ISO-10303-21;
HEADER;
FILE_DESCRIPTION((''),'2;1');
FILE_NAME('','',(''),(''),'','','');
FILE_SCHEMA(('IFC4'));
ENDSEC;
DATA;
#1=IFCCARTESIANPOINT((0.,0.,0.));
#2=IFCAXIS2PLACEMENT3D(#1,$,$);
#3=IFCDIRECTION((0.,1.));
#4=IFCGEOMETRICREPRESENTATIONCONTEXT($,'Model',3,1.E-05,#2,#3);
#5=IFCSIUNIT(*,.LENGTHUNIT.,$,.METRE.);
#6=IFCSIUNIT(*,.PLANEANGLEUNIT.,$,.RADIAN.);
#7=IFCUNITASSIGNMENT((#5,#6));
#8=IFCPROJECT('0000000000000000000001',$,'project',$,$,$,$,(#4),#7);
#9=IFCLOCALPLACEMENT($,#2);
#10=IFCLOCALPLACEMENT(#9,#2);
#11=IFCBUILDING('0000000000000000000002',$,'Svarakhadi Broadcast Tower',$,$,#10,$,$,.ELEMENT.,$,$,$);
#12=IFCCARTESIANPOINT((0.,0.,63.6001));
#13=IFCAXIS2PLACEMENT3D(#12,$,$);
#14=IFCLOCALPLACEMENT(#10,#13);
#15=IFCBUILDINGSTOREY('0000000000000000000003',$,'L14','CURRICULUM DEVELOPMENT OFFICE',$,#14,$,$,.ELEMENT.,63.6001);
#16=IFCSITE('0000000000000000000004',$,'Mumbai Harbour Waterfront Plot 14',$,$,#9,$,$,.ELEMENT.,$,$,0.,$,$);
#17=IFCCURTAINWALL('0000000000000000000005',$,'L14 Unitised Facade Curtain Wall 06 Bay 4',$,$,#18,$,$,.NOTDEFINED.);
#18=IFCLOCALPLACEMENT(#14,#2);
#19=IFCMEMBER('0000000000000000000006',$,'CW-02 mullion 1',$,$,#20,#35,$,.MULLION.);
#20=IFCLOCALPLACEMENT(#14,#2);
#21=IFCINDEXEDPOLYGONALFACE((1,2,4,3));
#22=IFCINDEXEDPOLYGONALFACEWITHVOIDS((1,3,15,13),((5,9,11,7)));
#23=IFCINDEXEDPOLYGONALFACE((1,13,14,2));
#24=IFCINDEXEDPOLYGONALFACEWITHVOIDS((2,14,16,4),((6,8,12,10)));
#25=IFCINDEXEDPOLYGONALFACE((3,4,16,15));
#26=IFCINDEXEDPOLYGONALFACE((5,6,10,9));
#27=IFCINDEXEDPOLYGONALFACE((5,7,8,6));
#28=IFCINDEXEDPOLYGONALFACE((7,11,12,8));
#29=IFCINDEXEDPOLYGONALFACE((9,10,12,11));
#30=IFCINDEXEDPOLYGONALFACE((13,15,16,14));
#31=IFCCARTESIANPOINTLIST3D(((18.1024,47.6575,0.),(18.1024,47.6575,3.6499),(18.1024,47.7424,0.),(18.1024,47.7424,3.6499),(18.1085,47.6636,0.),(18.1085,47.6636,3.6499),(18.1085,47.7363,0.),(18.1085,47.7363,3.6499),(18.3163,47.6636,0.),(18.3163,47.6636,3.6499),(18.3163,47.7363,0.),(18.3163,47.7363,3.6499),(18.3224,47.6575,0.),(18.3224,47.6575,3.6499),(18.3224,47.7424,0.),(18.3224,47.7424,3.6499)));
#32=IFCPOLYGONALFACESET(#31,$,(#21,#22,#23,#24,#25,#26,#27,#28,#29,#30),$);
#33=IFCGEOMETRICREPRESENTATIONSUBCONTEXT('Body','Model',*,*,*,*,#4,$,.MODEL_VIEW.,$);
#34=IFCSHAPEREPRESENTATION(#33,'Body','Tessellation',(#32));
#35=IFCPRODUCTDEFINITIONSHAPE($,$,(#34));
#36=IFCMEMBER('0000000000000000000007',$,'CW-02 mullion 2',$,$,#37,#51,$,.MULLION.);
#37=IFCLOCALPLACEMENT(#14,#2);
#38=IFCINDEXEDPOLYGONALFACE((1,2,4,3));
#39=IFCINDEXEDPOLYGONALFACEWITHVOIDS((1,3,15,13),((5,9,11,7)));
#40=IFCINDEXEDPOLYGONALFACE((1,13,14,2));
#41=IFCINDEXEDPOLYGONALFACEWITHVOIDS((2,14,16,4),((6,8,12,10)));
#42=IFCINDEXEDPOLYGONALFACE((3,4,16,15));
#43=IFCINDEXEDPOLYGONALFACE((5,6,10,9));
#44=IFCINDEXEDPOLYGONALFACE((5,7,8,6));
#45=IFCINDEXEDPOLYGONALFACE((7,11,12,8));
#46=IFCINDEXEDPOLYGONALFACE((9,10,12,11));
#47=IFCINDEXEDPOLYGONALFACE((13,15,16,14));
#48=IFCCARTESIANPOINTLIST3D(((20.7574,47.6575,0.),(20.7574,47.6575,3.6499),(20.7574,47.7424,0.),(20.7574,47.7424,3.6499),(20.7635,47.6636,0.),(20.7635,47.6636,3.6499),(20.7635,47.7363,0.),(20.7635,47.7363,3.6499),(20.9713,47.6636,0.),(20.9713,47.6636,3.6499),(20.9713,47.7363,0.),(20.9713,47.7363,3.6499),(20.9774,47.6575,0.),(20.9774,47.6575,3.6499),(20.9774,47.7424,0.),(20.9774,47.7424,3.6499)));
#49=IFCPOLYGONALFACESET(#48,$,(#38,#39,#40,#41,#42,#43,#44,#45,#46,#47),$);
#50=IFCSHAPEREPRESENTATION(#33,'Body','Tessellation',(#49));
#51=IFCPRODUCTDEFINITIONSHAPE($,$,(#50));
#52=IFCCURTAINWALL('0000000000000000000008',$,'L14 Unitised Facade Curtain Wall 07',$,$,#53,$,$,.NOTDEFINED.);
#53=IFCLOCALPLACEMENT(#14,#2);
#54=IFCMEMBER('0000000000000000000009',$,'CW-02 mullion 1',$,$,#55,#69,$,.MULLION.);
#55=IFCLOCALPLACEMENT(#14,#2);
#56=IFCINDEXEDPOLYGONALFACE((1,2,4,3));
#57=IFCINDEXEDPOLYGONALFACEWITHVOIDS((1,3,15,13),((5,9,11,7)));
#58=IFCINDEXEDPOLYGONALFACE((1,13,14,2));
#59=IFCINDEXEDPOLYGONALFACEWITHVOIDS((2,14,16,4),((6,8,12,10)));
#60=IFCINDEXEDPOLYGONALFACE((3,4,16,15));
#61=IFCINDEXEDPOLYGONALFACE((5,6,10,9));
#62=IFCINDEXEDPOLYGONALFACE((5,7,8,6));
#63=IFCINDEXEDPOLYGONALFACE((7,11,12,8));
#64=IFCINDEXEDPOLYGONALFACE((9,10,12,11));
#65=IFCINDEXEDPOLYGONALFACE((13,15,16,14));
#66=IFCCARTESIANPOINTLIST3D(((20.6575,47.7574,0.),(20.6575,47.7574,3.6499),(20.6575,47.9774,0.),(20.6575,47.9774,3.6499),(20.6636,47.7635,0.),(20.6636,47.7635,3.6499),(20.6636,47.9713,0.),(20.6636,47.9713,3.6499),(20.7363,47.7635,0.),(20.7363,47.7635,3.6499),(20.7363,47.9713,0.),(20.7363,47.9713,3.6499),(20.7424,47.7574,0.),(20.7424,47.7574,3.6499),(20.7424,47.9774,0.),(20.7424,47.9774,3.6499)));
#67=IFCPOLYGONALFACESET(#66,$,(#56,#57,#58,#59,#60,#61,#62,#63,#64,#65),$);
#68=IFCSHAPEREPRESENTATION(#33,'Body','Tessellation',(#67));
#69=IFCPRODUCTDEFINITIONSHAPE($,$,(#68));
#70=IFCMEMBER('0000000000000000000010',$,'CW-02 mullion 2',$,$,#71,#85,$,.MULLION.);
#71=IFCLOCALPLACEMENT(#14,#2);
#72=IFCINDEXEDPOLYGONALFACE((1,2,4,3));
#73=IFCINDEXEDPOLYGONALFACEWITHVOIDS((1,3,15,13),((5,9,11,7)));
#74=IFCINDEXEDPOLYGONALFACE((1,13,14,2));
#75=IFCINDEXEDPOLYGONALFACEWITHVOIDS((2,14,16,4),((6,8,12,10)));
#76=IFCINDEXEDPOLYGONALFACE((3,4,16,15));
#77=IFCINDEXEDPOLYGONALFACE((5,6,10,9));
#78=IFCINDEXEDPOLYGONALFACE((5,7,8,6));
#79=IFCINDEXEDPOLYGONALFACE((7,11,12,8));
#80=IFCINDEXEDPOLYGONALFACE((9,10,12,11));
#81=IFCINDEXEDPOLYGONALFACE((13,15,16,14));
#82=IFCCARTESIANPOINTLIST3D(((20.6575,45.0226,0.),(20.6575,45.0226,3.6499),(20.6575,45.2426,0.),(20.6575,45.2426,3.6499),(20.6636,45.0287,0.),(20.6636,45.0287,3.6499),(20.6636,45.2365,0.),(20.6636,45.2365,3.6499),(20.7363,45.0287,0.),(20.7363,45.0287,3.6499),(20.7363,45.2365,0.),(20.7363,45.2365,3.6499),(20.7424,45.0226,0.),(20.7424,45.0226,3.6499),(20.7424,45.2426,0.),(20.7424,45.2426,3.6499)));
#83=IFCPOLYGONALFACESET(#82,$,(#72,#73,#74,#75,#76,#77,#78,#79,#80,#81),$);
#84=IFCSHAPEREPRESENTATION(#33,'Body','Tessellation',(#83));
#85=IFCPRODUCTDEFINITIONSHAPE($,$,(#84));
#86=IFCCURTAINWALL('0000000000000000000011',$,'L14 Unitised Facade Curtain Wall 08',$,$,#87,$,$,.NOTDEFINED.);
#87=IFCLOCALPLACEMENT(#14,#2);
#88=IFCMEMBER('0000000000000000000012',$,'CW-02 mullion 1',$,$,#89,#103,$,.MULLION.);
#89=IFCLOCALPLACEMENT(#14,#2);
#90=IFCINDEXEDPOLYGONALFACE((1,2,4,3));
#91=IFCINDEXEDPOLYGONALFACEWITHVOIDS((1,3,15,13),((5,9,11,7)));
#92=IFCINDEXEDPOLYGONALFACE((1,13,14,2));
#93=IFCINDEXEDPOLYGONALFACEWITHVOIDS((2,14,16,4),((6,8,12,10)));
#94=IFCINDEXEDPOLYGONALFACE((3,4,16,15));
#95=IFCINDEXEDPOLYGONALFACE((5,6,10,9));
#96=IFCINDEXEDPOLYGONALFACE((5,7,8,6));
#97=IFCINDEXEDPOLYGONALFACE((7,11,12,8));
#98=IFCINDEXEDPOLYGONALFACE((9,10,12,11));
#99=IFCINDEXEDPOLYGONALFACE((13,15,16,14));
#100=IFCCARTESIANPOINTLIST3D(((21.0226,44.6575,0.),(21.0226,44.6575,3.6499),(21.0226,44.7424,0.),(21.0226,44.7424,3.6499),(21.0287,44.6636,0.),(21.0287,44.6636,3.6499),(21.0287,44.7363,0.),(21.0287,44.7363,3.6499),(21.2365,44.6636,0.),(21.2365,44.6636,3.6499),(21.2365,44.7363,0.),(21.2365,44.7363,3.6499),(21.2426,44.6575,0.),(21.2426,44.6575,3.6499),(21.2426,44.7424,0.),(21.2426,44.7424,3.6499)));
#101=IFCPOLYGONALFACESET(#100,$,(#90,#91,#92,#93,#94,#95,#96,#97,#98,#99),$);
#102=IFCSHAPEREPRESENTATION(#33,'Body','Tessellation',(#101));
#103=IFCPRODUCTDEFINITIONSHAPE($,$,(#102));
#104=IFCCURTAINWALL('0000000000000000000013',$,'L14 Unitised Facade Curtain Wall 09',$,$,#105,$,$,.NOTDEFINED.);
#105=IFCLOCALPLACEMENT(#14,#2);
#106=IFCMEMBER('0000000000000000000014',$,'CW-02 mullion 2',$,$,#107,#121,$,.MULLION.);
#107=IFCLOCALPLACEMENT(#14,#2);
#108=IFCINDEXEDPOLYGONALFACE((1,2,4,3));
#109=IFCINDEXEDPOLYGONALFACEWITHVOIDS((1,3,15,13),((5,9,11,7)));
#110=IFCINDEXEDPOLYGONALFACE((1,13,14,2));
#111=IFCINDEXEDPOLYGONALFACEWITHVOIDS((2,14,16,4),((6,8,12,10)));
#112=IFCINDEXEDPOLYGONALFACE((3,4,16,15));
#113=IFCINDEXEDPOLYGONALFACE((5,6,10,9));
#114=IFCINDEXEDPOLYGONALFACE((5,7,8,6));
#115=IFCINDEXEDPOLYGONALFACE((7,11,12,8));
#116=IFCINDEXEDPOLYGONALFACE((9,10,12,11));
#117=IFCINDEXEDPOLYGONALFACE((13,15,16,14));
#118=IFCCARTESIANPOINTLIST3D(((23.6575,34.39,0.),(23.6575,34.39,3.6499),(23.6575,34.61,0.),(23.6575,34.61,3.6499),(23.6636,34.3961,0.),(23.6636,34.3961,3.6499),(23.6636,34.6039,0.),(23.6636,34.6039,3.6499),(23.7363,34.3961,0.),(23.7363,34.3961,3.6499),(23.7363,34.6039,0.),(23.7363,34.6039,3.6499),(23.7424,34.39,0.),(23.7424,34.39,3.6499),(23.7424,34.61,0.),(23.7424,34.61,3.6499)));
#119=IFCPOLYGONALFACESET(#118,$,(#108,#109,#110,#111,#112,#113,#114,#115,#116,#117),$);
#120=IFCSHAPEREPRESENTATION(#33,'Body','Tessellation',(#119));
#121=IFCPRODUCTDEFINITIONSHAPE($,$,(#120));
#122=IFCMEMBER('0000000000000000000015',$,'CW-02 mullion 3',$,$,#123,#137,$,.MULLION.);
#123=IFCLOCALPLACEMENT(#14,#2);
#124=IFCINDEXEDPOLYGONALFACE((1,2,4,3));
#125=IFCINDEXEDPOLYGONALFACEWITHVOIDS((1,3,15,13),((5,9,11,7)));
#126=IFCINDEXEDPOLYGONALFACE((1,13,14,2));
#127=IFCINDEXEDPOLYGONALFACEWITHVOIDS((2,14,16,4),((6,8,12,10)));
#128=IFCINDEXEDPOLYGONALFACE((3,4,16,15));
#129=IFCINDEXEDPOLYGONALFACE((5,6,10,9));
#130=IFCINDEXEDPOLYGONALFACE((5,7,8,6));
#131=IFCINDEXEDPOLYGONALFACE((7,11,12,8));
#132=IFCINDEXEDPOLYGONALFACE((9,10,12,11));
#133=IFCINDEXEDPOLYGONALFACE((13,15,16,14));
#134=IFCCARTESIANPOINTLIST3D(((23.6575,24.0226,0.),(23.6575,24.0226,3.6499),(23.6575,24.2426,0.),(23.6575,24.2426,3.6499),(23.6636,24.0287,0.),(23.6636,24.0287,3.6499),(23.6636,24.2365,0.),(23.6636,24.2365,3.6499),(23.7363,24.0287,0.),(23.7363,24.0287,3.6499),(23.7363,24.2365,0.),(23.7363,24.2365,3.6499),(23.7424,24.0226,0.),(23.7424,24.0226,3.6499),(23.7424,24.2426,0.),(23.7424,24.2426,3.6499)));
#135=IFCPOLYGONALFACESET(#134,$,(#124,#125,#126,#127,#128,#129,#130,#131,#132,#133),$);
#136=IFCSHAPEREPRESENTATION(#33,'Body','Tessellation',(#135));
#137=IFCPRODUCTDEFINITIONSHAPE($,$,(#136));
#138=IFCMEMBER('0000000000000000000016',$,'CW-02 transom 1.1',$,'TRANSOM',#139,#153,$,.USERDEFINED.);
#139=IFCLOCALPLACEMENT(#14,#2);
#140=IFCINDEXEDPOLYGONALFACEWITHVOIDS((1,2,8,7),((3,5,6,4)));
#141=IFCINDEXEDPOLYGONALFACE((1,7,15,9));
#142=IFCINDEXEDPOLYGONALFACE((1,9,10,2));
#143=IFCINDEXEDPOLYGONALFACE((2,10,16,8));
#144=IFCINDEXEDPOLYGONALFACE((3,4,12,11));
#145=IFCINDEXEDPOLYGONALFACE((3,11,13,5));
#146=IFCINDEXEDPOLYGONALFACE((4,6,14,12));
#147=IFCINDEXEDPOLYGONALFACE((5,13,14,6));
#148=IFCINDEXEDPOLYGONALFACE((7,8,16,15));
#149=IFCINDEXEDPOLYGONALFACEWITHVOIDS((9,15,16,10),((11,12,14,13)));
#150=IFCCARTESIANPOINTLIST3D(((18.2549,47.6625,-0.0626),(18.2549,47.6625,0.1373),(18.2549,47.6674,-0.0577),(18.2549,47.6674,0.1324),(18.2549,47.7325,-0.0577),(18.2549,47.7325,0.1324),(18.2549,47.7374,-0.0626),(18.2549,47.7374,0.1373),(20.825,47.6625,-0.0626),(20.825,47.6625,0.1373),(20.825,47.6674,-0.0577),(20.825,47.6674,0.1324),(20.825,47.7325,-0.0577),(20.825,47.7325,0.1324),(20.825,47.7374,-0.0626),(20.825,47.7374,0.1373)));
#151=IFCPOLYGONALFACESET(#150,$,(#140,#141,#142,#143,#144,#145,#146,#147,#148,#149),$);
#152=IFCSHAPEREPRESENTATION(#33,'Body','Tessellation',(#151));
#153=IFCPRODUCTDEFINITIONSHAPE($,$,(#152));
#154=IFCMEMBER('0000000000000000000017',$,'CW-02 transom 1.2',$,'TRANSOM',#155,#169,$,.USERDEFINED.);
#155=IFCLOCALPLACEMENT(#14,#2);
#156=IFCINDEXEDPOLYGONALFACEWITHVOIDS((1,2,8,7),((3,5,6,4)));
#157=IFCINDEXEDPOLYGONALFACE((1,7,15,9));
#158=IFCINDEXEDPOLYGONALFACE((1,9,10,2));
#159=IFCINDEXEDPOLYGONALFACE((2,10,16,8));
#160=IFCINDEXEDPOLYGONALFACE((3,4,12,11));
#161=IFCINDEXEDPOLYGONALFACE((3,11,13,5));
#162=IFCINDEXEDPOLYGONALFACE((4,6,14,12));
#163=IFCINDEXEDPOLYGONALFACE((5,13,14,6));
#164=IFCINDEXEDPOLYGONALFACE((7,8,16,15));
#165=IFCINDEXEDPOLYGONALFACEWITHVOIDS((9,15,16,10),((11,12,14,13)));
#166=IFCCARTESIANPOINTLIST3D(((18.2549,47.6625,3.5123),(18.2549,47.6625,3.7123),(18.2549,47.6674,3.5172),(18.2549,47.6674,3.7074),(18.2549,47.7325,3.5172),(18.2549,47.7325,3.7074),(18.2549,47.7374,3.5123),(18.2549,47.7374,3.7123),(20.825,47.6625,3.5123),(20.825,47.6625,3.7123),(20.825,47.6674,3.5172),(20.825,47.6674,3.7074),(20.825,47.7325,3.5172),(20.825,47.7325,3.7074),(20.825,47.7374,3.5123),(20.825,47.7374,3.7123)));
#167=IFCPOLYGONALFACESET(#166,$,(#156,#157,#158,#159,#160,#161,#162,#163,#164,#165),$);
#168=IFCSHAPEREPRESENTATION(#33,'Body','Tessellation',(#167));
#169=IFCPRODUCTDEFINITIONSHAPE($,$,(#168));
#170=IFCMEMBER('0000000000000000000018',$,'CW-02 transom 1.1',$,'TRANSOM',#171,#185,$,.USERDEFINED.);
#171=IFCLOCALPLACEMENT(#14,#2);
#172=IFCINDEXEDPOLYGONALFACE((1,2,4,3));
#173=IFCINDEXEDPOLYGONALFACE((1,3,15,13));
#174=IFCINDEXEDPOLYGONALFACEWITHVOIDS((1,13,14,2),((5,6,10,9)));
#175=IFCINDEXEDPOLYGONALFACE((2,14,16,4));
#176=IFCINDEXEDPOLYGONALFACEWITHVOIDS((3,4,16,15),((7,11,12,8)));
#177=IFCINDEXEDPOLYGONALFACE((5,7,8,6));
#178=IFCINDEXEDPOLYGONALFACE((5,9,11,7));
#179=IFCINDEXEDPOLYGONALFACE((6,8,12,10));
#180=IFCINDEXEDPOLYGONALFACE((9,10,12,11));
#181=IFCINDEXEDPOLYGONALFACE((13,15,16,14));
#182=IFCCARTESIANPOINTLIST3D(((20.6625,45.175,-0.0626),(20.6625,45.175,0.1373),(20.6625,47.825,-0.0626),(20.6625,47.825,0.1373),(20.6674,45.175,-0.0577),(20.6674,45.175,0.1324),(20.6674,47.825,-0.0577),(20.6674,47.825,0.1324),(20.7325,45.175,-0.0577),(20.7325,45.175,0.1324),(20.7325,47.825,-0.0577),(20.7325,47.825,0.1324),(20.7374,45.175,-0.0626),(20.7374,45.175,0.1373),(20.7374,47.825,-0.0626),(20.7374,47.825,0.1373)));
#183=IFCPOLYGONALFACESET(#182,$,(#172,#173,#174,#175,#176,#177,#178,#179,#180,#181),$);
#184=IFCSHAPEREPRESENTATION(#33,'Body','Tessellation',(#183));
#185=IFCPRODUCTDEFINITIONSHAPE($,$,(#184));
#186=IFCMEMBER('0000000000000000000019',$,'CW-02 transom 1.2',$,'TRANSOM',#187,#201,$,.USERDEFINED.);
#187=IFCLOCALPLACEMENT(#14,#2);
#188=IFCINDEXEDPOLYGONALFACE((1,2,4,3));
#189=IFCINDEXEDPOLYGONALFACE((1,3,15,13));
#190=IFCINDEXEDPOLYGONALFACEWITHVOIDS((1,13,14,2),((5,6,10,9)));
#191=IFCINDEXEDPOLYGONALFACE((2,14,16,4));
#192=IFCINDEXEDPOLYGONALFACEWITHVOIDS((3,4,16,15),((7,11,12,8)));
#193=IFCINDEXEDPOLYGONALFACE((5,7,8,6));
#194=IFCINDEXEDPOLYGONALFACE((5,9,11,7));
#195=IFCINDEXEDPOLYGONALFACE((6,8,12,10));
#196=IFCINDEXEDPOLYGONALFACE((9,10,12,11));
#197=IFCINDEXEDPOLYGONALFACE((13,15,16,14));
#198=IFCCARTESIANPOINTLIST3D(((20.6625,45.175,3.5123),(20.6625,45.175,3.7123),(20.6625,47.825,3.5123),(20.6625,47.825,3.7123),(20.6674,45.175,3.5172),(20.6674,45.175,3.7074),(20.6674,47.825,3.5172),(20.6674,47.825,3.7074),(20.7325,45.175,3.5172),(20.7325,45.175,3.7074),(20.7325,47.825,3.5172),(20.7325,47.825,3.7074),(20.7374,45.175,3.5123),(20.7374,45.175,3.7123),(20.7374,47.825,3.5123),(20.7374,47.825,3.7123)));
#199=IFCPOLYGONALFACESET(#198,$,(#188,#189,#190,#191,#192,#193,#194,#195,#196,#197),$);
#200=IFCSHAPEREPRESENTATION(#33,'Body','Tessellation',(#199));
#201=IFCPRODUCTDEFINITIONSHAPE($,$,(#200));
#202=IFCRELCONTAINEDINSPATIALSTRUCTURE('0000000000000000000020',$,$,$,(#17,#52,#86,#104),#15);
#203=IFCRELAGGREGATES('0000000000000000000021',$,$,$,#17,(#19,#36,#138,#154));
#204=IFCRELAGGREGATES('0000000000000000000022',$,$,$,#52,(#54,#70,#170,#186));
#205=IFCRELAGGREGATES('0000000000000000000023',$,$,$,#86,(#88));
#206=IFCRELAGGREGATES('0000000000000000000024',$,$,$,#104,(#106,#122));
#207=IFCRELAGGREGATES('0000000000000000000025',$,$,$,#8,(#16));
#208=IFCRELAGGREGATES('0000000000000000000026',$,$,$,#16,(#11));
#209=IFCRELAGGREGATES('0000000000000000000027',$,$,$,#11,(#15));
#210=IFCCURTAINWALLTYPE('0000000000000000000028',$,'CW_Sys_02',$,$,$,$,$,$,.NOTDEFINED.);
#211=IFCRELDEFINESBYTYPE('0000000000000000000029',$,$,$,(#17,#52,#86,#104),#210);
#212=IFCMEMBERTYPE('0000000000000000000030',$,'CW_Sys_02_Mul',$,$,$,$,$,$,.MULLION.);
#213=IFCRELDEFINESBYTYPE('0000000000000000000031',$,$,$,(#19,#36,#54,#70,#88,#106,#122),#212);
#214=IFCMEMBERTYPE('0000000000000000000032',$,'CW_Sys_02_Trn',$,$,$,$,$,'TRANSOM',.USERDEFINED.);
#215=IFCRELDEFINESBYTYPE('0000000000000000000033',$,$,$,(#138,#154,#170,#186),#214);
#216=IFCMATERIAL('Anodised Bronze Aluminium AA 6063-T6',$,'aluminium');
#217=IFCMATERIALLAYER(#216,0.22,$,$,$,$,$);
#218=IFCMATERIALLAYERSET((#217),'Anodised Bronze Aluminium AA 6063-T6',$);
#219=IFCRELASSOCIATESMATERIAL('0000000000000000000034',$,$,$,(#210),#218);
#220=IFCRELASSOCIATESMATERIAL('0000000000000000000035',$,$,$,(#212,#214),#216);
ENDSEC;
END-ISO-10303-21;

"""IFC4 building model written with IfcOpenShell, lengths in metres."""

from ifc_helpers import new_model, si_unit, direction, frame, origin, origin_2d, place, context, subcontext, project, spatial, hollow_rectangle, extrude, material, layer, layer_set, material_profile, profile_set, type_object, element, aggregate, save


model = new_model("IFC4")

# Units and contexts
model_context = context("Model", 3, precision=1e-05, world=origin(), true_north=direction((0.0, 1.0)))
body_context = subcontext(model_context, "Body", "Model", "MODEL_VIEW")
ifc_project = project(units=[si_unit("LENGTHUNIT", "METRE"), si_unit("PLANEANGLEUNIT", "RADIAN")], contexts=[model_context])

# Site, building, storey
site_placement = place(None, origin())
site = spatial("IfcSite", under=ifc_project, at=site_placement, Name="Mumbai Harbour Waterfront Plot 14", CompositionType="ELEMENT", RefElevation=0.0)
building_placement = place(site_placement, origin())
building = spatial("IfcBuilding", under=site, at=building_placement, Name="Svarakhadi Broadcast Tower", CompositionType="ELEMENT")
storey_placement = place(building_placement, frame((0.0, 0.0, 63.6001)))
storey = spatial("IfcBuildingStorey", under=building, at=storey_placement, Name="L14", Description="CURRICULUM DEVELOPMENT OFFICE", CompositionType="ELEMENT", Elevation=63.6001)

# Curtain walls, members
ifc_material_1 = material(Name="Anodised Bronze Aluminium AA 6063-T6", Category="aluminium")
ifc_layer_1 = layer(ifc_material_1, 0.22)
ifc_layer_set_1 = layer_set([ifc_layer_1], Name="Anodised Bronze Aluminium AA 6063-T6")
curtain_wall_type = type_object("IfcCurtainWallType", Name="CW_Sys_02", PredefinedType="NOTDEFINED", material=ifc_layer_set_1)
curtain_wall_1_placement = place(storey_placement, origin())
curtain_wall_1 = element("IfcCurtainWall", 1, at=curtain_wall_1_placement, inside=storey, type_object=curtain_wall_type, Name="L14 Unitised Facade Curtain Wall 06 Bay 4", PredefinedType="NOTDEFINED")
ifc_material_profile_1 = material_profile(ifc_material_1, hollow_rectangle(XDim=0.085, YDim=0.22, WallThickness=0.0061, at=origin_2d()), Name="ALU MULLION 220x85x6")
ifc_profile_set_1 = profile_set([ifc_material_profile_1], Name="Anodised Bronze Aluminium AA 6063-T6")
member_type_1 = type_object("IfcMemberType", Name="CW_Sys_02_Mul", PredefinedType="MULLION", material=ifc_profile_set_1)
member_1_placement = place(storey_placement, frame((18.2124, 47.7, 0.0), z_axis=(0.0, 0.0, 1.0), x_axis=(0.0, 1.0, 0.0)))
member_1 = element("IfcMember", 2, at=member_1_placement, type_object=member_type_1, Name="CW-02 mullion 1", PredefinedType="MULLION", context=body_context, shape_type="SweptSolid", body=[
    extrude(hollow_rectangle(XDim=0.085, YDim=0.22, WallThickness=0.0061, at=origin_2d()), origin(), (0.0, 0.0, 1.0), 3.6499),
])
member_2_placement = place(storey_placement, frame((20.8674, 47.7, 0.0), z_axis=(0.0, 0.0, 1.0), x_axis=(0.0, 1.0, 0.0)))
member_2 = element("IfcMember", 3, at=member_2_placement, type_object=member_type_1, Name="CW-02 mullion 2", PredefinedType="MULLION", context=body_context, shape_type="SweptSolid", body=[
    extrude(hollow_rectangle(XDim=0.085, YDim=0.22, WallThickness=0.0061, at=origin_2d()), origin(), (0.0, 0.0, 1.0), 3.6499),
])
curtain_wall_2_placement = place(storey_placement, origin())
curtain_wall_2 = element("IfcCurtainWall", 4, at=curtain_wall_2_placement, inside=storey, type_object=curtain_wall_type, Name="L14 Unitised Facade Curtain Wall 07", PredefinedType="NOTDEFINED")
member_3_placement = place(storey_placement, frame((20.7, 47.8674, 0.0), z_axis=(0.0, 0.0, 1.0), x_axis=(1.0, 0.0, 0.0)))
member_3 = element("IfcMember", 5, at=member_3_placement, type_object=member_type_1, Name="CW-02 mullion 1", PredefinedType="MULLION", context=body_context, shape_type="SweptSolid", body=[
    extrude(hollow_rectangle(XDim=0.085, YDim=0.22, WallThickness=0.0061, at=origin_2d()), origin(), (0.0, 0.0, 1.0), 3.6499),
])
member_4_placement = place(storey_placement, frame((20.7, 45.1326, 0.0), z_axis=(0.0, 0.0, 1.0), x_axis=(1.0, 0.0, 0.0)))
member_4 = element("IfcMember", 6, at=member_4_placement, type_object=member_type_1, Name="CW-02 mullion 2", PredefinedType="MULLION", context=body_context, shape_type="SweptSolid", body=[
    extrude(hollow_rectangle(XDim=0.085, YDim=0.22, WallThickness=0.0061, at=origin_2d()), origin(), (0.0, 0.0, 1.0), 3.6499),
])

# Curtain wall, member
curtain_wall_3_placement = place(storey_placement, origin())
curtain_wall_3 = element("IfcCurtainWall", 7, at=curtain_wall_3_placement, inside=storey, type_object=curtain_wall_type, Name="L14 Unitised Facade Curtain Wall 08", PredefinedType="NOTDEFINED")
member_5_placement = place(storey_placement, frame((21.1326, 44.7, 0.0), z_axis=(0.0, 0.0, 1.0), x_axis=(0.0, 1.0, 0.0)))
member_5 = element("IfcMember", 8, at=member_5_placement, type_object=member_type_1, Name="CW-02 mullion 1", PredefinedType="MULLION", context=body_context, shape_type="SweptSolid", body=[
    extrude(hollow_rectangle(XDim=0.085, YDim=0.22, WallThickness=0.0061, at=origin_2d()), origin(), (0.0, 0.0, 1.0), 3.6499),
])

# Curtain wall, members
curtain_wall_4_placement = place(storey_placement, origin())
curtain_wall_4 = element("IfcCurtainWall", 9, at=curtain_wall_4_placement, inside=storey, type_object=curtain_wall_type, Name="L14 Unitised Facade Curtain Wall 09", PredefinedType="NOTDEFINED")
member_6_placement = place(storey_placement, frame((23.7, 34.5, 0.0), z_axis=(0.0, 0.0, 1.0), x_axis=(1.0, 0.0, 0.0)))
member_6 = element("IfcMember", 10, at=member_6_placement, type_object=member_type_1, Name="CW-02 mullion 2", PredefinedType="MULLION", context=body_context, shape_type="SweptSolid", body=[
    extrude(hollow_rectangle(XDim=0.085, YDim=0.22, WallThickness=0.0061, at=origin_2d()), origin(), (0.0, 0.0, 1.0), 3.6499),
])
member_7_placement = place(storey_placement, frame((23.7, 24.1326, 0.0), z_axis=(0.0, 0.0, 1.0), x_axis=(1.0, 0.0, 0.0)))
member_7 = element("IfcMember", 11, at=member_7_placement, type_object=member_type_1, Name="CW-02 mullion 3", PredefinedType="MULLION", context=body_context, shape_type="SweptSolid", body=[
    extrude(hollow_rectangle(XDim=0.085, YDim=0.22, WallThickness=0.0061, at=origin_2d()), origin(), (0.0, 0.0, 1.0), 3.6499),
])

# Members
ifc_material_profile_2 = material_profile(ifc_material_1, hollow_rectangle(XDim=0.075, YDim=0.2, WallThickness=0.0049, at=origin_2d()), Name="ALU TRANSOM 200x75x5")
ifc_profile_set_2 = profile_set([ifc_material_profile_2], Name="Anodised Bronze Aluminium AA 6063-T6")
member_type_2 = type_object("IfcMemberType", Name="CW_Sys_02_Trn", ElementType="TRANSOM", PredefinedType="USERDEFINED", material=ifc_profile_set_2)
member_8_placement = place(storey_placement, frame((18.2549, 47.7, 0.0374), z_axis=(1.0, 0.0, 0.0), x_axis=(0.0, 1.0, 0.0)))
member_8 = element("IfcMember", 12, at=member_8_placement, type_object=member_type_2, Name="CW-02 transom 1.1", ObjectType="TRANSOM", PredefinedType="USERDEFINED", context=body_context, shape_type="SweptSolid", body=[
    extrude(hollow_rectangle(XDim=0.075, YDim=0.2, WallThickness=0.0049, at=origin_2d()), origin(), (0.0, 0.0, 1.0), 2.5701),
])
member_9_placement = place(storey_placement, frame((18.2549, 47.7, 3.6123), z_axis=(1.0, 0.0, 0.0), x_axis=(0.0, 1.0, 0.0)))
member_9 = element("IfcMember", 13, at=member_9_placement, type_object=member_type_2, Name="CW-02 transom 1.2", ObjectType="TRANSOM", PredefinedType="USERDEFINED", context=body_context, shape_type="SweptSolid", body=[
    extrude(hollow_rectangle(XDim=0.075, YDim=0.2, WallThickness=0.0049, at=origin_2d()), origin(), (0.0, 0.0, 1.0), 2.5701),
])
member_10_placement = place(storey_placement, frame((20.7, 47.825, 0.0374), z_axis=(0.0, -1.0, 0.0), x_axis=(1.0, 0.0, 0.0)))
member_10 = element("IfcMember", 14, at=member_10_placement, type_object=member_type_2, Name="CW-02 transom 1.1", ObjectType="TRANSOM", PredefinedType="USERDEFINED", context=body_context, shape_type="SweptSolid", body=[
    extrude(hollow_rectangle(XDim=0.075, YDim=0.2, WallThickness=0.0049, at=origin_2d()), origin(), (0.0, 0.0, 1.0), 2.6499),
])
member_11_placement = place(storey_placement, frame((20.7, 47.825, 3.6123), z_axis=(0.0, -1.0, 0.0), x_axis=(1.0, 0.0, 0.0)))
member_11 = element("IfcMember", 15, at=member_11_placement, type_object=member_type_2, Name="CW-02 transom 1.2", ObjectType="TRANSOM", PredefinedType="USERDEFINED", context=body_context, shape_type="SweptSolid", body=[
    extrude(hollow_rectangle(XDim=0.075, YDim=0.2, WallThickness=0.0049, at=origin_2d()), origin(), (0.0, 0.0, 1.0), 2.6499),
])

aggregate(curtain_wall_1, [member_1, member_2, member_8, member_9])
aggregate(curtain_wall_2, [member_3, member_4, member_10, member_11])
aggregate(curtain_wall_3, [member_5])
aggregate(curtain_wall_4, [member_6, member_7])

save(model, "model.ifc")
